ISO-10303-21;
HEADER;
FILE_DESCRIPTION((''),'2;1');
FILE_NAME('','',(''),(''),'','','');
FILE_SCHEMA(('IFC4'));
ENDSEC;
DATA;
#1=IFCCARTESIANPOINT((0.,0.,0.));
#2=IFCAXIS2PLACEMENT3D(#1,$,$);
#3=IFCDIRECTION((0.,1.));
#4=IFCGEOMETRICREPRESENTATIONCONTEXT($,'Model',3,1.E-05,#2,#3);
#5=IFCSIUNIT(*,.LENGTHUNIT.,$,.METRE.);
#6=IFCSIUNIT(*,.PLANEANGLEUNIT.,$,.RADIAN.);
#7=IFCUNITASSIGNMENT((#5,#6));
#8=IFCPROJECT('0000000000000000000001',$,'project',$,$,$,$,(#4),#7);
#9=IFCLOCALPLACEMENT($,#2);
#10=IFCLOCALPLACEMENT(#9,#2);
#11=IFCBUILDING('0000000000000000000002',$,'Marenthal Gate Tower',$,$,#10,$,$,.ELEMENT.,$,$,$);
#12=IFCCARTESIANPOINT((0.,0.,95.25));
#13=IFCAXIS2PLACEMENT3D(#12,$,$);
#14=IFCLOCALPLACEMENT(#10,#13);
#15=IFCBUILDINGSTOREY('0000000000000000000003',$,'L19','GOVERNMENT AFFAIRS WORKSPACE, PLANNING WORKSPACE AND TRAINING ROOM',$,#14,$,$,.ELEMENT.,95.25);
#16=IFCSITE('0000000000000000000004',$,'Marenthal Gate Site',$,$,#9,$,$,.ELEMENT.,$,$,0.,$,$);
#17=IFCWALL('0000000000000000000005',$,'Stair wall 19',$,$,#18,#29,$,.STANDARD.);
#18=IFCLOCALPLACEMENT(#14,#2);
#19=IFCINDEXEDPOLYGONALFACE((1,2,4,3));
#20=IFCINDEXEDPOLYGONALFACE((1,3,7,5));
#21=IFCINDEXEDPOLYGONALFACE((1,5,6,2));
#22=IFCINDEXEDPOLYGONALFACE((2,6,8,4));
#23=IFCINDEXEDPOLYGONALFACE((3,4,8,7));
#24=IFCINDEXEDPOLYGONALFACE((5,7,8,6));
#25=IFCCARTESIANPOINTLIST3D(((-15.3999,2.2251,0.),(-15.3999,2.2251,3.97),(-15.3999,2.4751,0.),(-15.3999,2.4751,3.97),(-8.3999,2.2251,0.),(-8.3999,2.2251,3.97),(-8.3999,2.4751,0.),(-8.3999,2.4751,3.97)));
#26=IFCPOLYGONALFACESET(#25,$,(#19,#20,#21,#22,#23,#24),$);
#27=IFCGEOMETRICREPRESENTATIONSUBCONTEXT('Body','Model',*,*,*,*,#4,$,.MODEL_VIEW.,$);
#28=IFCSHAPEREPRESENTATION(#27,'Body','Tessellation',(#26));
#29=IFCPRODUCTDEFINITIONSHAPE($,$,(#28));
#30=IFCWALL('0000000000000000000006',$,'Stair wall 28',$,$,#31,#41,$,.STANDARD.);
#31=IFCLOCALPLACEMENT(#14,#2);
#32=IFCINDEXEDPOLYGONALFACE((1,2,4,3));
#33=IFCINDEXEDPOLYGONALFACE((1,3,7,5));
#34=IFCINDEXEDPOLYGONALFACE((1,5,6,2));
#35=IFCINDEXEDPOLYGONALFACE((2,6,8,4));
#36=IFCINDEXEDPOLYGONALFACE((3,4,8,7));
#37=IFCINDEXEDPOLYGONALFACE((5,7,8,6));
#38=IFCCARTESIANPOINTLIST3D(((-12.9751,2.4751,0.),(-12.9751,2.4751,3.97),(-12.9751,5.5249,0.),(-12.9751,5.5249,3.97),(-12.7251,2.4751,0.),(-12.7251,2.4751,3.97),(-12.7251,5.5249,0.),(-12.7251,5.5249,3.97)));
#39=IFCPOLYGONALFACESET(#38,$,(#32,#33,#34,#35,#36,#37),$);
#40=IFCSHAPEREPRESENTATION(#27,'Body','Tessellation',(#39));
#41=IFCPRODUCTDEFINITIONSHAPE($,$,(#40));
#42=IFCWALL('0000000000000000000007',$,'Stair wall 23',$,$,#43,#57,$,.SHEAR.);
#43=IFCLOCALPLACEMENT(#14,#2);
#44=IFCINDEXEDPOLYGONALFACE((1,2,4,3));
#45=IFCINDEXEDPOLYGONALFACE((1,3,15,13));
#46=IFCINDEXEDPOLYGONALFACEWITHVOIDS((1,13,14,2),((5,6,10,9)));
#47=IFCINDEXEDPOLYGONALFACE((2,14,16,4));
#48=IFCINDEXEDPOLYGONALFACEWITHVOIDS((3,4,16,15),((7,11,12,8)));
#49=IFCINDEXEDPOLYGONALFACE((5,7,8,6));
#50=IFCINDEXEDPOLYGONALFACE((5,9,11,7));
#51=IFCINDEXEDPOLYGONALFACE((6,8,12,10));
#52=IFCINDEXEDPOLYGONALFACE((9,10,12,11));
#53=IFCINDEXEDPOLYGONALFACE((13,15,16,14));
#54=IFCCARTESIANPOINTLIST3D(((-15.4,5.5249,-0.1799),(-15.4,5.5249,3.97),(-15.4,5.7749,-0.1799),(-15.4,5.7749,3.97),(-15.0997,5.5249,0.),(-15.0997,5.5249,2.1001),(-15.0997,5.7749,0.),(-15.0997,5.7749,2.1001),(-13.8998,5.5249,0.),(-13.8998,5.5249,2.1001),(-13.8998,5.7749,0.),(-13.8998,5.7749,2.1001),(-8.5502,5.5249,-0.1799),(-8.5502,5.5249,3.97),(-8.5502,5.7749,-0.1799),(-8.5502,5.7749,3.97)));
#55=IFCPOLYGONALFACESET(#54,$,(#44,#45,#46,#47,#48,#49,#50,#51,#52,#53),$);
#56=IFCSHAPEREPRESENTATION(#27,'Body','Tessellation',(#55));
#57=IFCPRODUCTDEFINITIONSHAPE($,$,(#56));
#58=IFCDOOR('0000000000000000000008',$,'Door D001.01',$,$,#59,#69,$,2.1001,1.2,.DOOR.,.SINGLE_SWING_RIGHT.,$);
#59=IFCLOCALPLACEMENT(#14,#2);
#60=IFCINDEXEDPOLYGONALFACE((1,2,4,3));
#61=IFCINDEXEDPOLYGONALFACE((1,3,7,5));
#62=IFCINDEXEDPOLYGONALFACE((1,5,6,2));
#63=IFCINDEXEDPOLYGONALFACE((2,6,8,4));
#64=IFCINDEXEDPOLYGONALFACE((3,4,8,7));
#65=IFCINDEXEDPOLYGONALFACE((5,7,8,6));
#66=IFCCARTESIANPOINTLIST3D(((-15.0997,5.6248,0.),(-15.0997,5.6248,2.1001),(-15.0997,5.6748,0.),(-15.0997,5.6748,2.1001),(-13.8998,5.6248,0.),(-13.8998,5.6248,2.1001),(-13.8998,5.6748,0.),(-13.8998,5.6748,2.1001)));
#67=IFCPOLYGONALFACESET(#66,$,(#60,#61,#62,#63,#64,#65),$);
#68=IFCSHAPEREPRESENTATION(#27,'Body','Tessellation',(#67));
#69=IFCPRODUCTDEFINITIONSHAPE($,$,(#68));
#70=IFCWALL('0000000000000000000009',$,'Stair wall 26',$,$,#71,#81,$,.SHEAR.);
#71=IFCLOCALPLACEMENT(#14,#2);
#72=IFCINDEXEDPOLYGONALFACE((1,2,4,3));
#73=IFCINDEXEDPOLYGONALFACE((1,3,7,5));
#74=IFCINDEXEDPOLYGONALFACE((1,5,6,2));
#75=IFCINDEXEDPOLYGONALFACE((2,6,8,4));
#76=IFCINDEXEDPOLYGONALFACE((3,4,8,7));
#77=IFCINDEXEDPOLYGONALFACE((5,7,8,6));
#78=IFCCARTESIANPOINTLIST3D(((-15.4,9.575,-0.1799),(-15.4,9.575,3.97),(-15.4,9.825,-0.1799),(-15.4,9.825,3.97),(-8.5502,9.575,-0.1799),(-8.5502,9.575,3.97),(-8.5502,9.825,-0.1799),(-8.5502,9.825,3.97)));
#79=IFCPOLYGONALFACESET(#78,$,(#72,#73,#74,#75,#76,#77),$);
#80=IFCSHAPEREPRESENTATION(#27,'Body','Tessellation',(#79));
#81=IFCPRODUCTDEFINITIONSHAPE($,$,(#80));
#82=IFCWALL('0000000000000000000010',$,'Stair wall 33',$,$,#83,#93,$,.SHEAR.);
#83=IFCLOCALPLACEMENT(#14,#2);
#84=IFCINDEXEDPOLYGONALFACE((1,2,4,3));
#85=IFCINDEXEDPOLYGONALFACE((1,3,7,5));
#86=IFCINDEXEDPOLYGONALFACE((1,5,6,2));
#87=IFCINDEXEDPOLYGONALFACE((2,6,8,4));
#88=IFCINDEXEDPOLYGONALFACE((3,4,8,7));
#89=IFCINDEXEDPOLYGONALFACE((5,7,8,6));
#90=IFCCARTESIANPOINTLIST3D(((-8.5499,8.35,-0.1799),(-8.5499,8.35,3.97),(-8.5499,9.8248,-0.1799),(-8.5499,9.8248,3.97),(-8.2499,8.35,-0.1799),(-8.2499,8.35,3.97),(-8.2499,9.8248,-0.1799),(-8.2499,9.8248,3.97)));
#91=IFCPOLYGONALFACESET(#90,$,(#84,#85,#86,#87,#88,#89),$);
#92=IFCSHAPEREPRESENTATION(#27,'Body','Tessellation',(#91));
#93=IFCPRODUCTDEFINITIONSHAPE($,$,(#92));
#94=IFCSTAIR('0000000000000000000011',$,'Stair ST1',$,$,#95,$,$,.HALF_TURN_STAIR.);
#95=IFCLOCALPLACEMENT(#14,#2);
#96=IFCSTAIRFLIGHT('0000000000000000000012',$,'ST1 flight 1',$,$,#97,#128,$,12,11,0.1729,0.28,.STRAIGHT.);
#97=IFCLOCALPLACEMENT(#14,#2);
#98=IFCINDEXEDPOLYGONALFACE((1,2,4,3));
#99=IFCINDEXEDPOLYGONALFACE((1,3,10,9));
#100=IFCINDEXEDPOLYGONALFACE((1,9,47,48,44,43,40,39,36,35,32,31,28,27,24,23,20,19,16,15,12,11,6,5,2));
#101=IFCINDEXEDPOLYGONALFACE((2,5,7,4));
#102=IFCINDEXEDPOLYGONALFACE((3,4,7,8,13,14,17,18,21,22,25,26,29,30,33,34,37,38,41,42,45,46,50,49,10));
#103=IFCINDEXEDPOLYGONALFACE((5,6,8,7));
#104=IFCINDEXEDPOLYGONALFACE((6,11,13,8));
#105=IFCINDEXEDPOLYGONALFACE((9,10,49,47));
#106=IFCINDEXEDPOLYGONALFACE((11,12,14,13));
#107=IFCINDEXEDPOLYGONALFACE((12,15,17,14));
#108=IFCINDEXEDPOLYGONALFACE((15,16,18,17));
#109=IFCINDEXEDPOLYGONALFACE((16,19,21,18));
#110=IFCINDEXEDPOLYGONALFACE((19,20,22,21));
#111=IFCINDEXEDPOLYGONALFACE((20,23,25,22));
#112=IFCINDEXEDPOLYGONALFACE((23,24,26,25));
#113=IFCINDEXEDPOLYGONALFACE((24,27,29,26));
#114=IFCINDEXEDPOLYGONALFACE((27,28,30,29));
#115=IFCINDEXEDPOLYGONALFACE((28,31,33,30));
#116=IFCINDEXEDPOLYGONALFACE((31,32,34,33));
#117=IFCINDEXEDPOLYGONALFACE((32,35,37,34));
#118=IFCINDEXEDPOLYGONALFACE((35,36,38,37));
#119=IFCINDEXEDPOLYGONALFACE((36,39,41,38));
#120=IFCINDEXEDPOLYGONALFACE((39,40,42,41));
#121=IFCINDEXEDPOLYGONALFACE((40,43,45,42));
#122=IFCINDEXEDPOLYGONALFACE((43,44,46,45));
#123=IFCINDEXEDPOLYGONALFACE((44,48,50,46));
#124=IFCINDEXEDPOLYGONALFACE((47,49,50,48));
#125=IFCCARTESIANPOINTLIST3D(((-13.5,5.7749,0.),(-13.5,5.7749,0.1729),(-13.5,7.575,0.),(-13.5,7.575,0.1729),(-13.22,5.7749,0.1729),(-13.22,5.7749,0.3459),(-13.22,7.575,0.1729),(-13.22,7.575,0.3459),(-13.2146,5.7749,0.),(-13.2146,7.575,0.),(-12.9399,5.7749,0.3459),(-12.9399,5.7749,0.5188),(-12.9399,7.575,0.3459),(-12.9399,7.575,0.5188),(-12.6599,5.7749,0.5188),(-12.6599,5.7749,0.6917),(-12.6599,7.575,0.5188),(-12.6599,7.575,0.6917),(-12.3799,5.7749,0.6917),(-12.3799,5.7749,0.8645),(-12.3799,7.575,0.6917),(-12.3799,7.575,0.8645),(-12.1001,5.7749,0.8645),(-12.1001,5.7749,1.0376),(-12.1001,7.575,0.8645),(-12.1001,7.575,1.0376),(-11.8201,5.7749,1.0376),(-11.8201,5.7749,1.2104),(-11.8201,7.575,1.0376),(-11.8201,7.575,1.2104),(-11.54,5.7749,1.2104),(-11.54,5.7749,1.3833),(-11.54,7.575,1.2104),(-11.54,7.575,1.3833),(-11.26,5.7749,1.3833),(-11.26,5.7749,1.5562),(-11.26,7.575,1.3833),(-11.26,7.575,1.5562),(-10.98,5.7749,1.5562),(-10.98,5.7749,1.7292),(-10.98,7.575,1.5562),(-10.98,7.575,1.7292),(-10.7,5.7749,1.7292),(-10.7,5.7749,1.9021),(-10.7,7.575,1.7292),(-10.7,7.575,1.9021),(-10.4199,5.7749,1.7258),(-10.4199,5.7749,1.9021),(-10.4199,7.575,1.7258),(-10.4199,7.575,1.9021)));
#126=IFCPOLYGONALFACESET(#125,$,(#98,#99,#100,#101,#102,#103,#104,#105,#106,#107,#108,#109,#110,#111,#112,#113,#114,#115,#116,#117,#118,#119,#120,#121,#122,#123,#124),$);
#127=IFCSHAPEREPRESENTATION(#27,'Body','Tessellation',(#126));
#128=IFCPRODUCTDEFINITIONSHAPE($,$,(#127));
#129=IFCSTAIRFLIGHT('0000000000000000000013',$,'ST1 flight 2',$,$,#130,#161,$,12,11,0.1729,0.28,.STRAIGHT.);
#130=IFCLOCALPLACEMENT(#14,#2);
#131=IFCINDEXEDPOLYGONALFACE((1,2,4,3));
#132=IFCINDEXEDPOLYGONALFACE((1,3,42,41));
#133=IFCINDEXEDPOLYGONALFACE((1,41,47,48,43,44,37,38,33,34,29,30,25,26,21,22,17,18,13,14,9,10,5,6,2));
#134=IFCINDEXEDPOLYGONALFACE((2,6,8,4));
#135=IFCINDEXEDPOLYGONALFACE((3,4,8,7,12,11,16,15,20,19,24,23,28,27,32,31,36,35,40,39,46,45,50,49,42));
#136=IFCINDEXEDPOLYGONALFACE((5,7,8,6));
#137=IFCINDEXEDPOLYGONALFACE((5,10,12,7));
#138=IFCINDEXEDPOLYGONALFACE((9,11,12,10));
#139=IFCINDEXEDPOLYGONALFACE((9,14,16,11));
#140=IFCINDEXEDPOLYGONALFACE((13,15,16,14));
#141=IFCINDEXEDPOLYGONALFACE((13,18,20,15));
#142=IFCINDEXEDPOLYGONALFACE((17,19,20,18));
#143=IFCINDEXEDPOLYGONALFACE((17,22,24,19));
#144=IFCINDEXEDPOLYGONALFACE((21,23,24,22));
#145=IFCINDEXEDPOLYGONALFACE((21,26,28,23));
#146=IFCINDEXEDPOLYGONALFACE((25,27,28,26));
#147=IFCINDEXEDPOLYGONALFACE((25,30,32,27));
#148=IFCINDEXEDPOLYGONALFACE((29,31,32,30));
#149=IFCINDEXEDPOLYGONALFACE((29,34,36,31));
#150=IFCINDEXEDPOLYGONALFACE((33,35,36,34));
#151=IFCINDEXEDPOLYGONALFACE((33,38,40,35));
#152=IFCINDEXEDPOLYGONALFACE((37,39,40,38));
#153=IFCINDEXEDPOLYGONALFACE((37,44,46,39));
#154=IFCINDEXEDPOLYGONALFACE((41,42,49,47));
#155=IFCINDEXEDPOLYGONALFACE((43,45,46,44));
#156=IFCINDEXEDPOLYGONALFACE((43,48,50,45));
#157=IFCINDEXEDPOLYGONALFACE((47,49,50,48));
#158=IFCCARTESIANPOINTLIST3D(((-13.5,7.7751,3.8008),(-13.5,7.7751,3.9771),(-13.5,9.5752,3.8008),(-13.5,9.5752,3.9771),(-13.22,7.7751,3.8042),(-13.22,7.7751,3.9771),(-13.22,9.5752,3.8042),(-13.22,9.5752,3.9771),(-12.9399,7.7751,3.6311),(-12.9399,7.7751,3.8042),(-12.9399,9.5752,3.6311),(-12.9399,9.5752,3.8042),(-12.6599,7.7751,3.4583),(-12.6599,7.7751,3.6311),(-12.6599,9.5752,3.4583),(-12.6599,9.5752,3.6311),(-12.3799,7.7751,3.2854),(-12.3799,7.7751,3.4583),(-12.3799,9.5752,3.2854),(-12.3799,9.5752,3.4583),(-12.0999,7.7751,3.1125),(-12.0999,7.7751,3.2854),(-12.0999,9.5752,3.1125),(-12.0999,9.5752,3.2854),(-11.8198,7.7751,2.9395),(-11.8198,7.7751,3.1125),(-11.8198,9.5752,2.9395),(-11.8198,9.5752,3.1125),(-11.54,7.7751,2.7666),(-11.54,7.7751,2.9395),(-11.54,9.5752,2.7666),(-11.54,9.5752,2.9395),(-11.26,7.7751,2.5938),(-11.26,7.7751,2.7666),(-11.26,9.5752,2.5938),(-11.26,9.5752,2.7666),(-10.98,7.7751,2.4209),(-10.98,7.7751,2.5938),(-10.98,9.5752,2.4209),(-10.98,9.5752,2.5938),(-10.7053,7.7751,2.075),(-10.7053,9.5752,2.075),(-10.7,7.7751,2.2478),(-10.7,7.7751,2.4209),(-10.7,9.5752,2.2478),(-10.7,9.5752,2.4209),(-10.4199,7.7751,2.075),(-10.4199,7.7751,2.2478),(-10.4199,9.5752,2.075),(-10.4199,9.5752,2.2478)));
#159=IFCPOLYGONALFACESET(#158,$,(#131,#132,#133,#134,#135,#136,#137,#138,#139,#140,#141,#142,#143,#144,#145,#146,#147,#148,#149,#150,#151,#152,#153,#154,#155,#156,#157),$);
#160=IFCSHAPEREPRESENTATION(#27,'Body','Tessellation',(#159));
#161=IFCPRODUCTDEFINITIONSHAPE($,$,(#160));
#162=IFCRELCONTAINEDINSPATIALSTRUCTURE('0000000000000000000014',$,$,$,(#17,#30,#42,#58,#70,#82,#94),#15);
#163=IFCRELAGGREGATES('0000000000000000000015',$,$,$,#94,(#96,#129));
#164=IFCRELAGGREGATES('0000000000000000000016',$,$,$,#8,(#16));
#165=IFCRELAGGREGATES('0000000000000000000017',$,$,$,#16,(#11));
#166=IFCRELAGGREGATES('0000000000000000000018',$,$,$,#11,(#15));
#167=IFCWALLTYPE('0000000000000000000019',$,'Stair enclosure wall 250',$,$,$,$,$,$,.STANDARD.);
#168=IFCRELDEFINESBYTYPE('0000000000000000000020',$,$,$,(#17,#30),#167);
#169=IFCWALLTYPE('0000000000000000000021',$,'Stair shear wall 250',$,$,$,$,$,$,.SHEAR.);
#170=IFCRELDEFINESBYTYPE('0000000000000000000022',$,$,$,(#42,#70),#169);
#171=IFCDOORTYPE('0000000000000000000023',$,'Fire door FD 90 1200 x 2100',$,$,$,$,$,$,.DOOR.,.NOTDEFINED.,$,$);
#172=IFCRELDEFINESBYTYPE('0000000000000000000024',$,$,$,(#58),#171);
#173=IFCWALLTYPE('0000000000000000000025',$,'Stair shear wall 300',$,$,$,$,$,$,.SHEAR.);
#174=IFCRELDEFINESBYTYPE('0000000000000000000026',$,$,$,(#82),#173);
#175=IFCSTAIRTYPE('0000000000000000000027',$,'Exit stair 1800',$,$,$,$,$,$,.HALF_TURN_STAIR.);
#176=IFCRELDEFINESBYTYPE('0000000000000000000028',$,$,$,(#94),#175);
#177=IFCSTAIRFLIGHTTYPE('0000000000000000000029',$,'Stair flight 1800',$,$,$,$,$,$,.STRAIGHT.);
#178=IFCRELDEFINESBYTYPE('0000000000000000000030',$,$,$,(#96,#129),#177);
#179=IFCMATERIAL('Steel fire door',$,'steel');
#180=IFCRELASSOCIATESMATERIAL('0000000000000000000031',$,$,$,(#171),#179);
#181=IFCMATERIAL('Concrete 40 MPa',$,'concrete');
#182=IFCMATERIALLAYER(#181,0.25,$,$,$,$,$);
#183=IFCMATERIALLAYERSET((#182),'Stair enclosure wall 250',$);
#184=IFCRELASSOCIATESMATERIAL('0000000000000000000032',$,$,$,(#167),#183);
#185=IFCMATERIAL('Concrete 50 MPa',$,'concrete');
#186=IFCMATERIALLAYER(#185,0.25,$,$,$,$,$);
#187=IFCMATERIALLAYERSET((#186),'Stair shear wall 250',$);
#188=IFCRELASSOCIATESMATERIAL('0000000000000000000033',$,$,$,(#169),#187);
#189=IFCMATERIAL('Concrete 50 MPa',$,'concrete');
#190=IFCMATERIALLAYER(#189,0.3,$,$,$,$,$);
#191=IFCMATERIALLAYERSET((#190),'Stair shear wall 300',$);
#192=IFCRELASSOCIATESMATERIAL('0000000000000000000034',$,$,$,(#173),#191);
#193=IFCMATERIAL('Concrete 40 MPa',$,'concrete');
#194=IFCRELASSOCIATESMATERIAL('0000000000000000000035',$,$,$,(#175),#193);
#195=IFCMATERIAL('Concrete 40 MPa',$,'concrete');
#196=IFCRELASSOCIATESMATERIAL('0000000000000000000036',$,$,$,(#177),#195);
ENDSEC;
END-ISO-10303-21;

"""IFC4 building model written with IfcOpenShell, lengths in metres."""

from ifc_helpers import new_model, si_unit, direction, frame, frame_2d, origin, place, context, subcontext, project, spatial, polyline, rectangle, outline, extrude, material, layer, layer_set, type_object, element, fill, aggregate, save


model = new_model("IFC4")

# Units and contexts
model_context = context("Model", 3, precision=1e-05, world=origin(), true_north=direction((0.0, 1.0)))
body_context = subcontext(model_context, "Body", "Model", "MODEL_VIEW")
ifc_project = project(units=[si_unit("LENGTHUNIT", "METRE"), si_unit("PLANEANGLEUNIT", "RADIAN")], contexts=[model_context])

# Site, building, storey
site_placement = place(None, origin())
site = spatial("IfcSite", under=ifc_project, at=site_placement, Name="Marenthal Gate Site", CompositionType="ELEMENT", RefElevation=0.0)
building_placement = place(site_placement, origin())
building = spatial("IfcBuilding", under=site, at=building_placement, Name="Marenthal Gate Tower", CompositionType="ELEMENT")
storey_placement = place(building_placement, frame((0.0, 0.0, 95.25)))
storey = spatial("IfcBuildingStorey", under=building, at=storey_placement, Name="L19", Description="GOVERNMENT AFFAIRS WORKSPACE, PLANNING WORKSPACE AND TRAINING ROOM", CompositionType="ELEMENT", Elevation=95.25)

# Shared definitions
ifc_material_1 = material(Name="Steel fire door", Category="steel")
door_type_1 = type_object("IfcDoorType", Name="Fire door FD 90 1200 x 2100", OperationType="NOTDEFINED", PredefinedType="DOOR", material=ifc_material_1)

# Walls
ifc_material_2 = material(Name="Concrete 40 MPa", Category="concrete")
ifc_layer_1 = layer(ifc_material_2, 0.25)
ifc_layer_set_1 = layer_set([ifc_layer_1], Name="Stair enclosure wall 250")
wall_type_1 = type_object("IfcWallType", Name="Stair enclosure wall 250", PredefinedType="STANDARD", material=ifc_layer_set_1)
wall_1_placement = place(storey_placement, frame((-15.3999, 2.3501, 0.0), z_axis=(0.0, 0.0, 1.0), x_axis=(1.0, 0.0, 0.0)))
element("IfcWall", 1, at=wall_1_placement, inside=storey, type_object=wall_type_1, Name="Stair wall 19", PredefinedType="STANDARD", context=body_context, shape_type="SweptSolid", body=[
    extrude(rectangle(XDim=7.0, YDim=0.25, at=frame_2d((3.5, 0.0))), origin(), (0.0, 0.0, 1.0), 3.97),
])
wall_2_placement = place(storey_placement, frame((-12.8501, 2.4751, 0.0), z_axis=(0.0, 0.0, 1.0), x_axis=(0.0, 1.0, 0.0)))
element("IfcWall", 2, at=wall_2_placement, inside=storey, type_object=wall_type_1, Name="Stair wall 28", PredefinedType="STANDARD", context=body_context, shape_type="SweptSolid", body=[
    extrude(rectangle(XDim=3.0498, YDim=0.25, at=frame_2d((1.5249, 0.0))), origin(), (0.0, 0.0, 1.0), 3.97),
])

# Wall, opening, door
ifc_material_3 = material(Name="Concrete 50 MPa", Category="concrete")
ifc_layer_2 = layer(ifc_material_3, 0.25)
ifc_layer_set_2 = layer_set([ifc_layer_2], Name="Stair shear wall 250")
wall_type_2 = type_object("IfcWallType", Name="Stair shear wall 250", PredefinedType="SHEAR", material=ifc_layer_set_2)
wall_3_placement = place(storey_placement, frame((-15.3999, 5.6499, -0.1799), z_axis=(0.0, 0.0, 1.0), x_axis=(1.0, 0.0, 0.0)))
wall_3 = element("IfcWall", 3, at=wall_3_placement, inside=storey, type_object=wall_type_2, Name="Stair wall 23", PredefinedType="SHEAR", context=body_context, shape_type="SweptSolid", body=[
    extrude(rectangle(XDim=6.8499, YDim=0.25, at=frame_2d((3.4248, 0.0))), origin(), (0.0, 0.0, 1.0), 4.1499),
])
opening_1_placement = place(wall_3_placement, frame((0.3, 0.0, 0.1799)))
opening_1 = element("IfcOpeningElement", 4, at=opening_1_placement, cuts=wall_3, PredefinedType="OPENING", context=body_context, shape_type="SweptSolid", body=[
    extrude(rectangle(XDim=1.2, YDim=2.1001, at=frame_2d((0.6001, 1.05))), frame((0.0, 0.135, 0.0), z_axis=(0.0, -1.0, 0.0), x_axis=(1.0, 0.0, 0.0)), (0.0, 0.0, 1.0), 0.27),
])
door_1_placement = place(opening_1_placement, origin())
door_1 = element("IfcDoor", 5, at=door_1_placement, inside=storey, type_object=door_type_1, Name="Door D001.01", OperationType="SINGLE_SWING_RIGHT", OverallHeight=2.1001, OverallWidth=1.2, PredefinedType="DOOR", context=body_context, shape_type="SweptSolid", body=[
    extrude(rectangle(XDim=1.2, YDim=2.1001, at=frame_2d((0.6001, 1.05))), frame((0.0, 0.0249, 0.0), z_axis=(0.0, -1.0, 0.0), x_axis=(1.0, 0.0, 0.0)), (0.0, 0.0, 1.0), 0.05),
])
fill(opening_1, door_1)

# Walls
wall_4_placement = place(storey_placement, frame((-15.3999, 9.7, -0.1799), z_axis=(0.0, 0.0, 1.0), x_axis=(1.0, 0.0, 0.0)))
element("IfcWall", 6, at=wall_4_placement, inside=storey, type_object=wall_type_2, Name="Stair wall 26", PredefinedType="SHEAR", context=body_context, shape_type="SweptSolid", body=[
    extrude(rectangle(XDim=6.8499, YDim=0.25, at=frame_2d((3.4248, 0.0))), origin(), (0.0, 0.0, 1.0), 4.1499),
])
ifc_material_4 = material(Name="Concrete 50 MPa", Category="concrete")
ifc_layer_3 = layer(ifc_material_4, 0.3)
ifc_layer_set_3 = layer_set([ifc_layer_3], Name="Stair shear wall 300")
wall_type_3 = type_object("IfcWallType", Name="Stair shear wall 300", PredefinedType="SHEAR", material=ifc_layer_set_3)
wall_5_placement = place(storey_placement, frame((-8.3999, 8.3501, -0.1799), z_axis=(0.0, 0.0, 1.0), x_axis=(0.0, 1.0, 0.0)))
element("IfcWall", 7, at=wall_5_placement, inside=storey, type_object=wall_type_3, Name="Stair wall 33", PredefinedType="SHEAR", context=body_context, shape_type="SweptSolid", body=[
    extrude(rectangle(XDim=1.4749, YDim=0.3, at=frame_2d((0.7373, 0.0))), origin(), (0.0, 0.0, 1.0), 4.1499),
])

# Stair, stair flights
ifc_material_5 = material(Name="Concrete 40 MPa", Category="concrete")
stair_type = type_object("IfcStairType", Name="Exit stair 1800", PredefinedType="HALF_TURN_STAIR", material=ifc_material_5)
stair_placement = place(storey_placement, origin())
stair = element("IfcStair", 8, at=stair_placement, inside=storey, type_object=stair_type, Name="Stair ST1", PredefinedType="HALF_TURN_STAIR")
ifc_material_6 = material(Name="Concrete 40 MPa", Category="concrete")
stair_flight_type = type_object("IfcStairFlightType", Name="Stair flight 1800", PredefinedType="STRAIGHT", material=ifc_material_6)
stair_flight_1_placement = place(storey_placement, frame((-13.5, 6.675, 0.0), z_axis=(0.0, 0.0, 1.0), x_axis=(1.0, 0.0, 0.0)))
stair_flight_1 = element("IfcStairFlight", 9, at=stair_flight_1_placement, type_object=stair_flight_type, Name="ST1 flight 1", NumberOfRisers=12, NumberOfTreads=11, PredefinedType="STRAIGHT", RiserHeight=0.1729, TreadLength=0.28, context=body_context, shape_type="SweptSolid", body=[
    extrude(outline(polyline([(0.0, 0.0), (0.0, 0.1729), (0.28, 0.1729), (0.28, 0.3459), (0.5601, 0.3459), (0.5601, 0.5188), (0.8401, 0.5188), (0.8401, 0.6917), (1.1201, 0.6917), (1.1201, 0.8645), (1.3999, 0.8645), (1.3999, 1.0376), (1.6799, 1.0376), (1.6799, 1.2104), (1.96, 1.2104), (1.96, 1.3833), (2.24, 1.3833), (2.24, 1.5562), (2.52, 1.5562), (2.52, 1.7292), (2.8, 1.7292), (2.8, 1.9021), (3.0801, 1.9021), (3.0801, 2.075), (3.0801, 1.7258), (0.2854, 0.0), (0.0, 0.0)])), frame((0.0, 0.8999, 0.0), z_axis=(0.0, -1.0, 0.0), x_axis=(1.0, 0.0, 0.0)), (0.0, 0.0, 1.0), 1.8),
])
stair_flight_2_placement = place(storey_placement, frame((-10.4199, 8.675, 2.075), z_axis=(0.0, 0.0, 1.0), x_axis=(-1.0, 0.0, 0.0)))
stair_flight_2 = element("IfcStairFlight", 10, at=stair_flight_2_placement, type_object=stair_flight_type, Name="ST1 flight 2", NumberOfRisers=12, NumberOfTreads=11, PredefinedType="STRAIGHT", RiserHeight=0.1729, TreadLength=0.28, context=body_context, shape_type="SweptSolid", body=[
    extrude(outline(polyline([(0.0, 0.0), (0.0, 0.1729), (0.28, 0.1729), (0.28, 0.3459), (0.5601, 0.3459), (0.5601, 0.5188), (0.8401, 0.5188), (0.8401, 0.6917), (1.1201, 0.6917), (1.1201, 0.8645), (1.3999, 0.8645), (1.3999, 1.0376), (1.6799, 1.0376), (1.6799, 1.2104), (1.96, 1.2104), (1.96, 1.3833), (2.24, 1.3833), (2.24, 1.5562), (2.52, 1.5562), (2.52, 1.7292), (2.8, 1.7292), (2.8, 1.9021), (3.0801, 1.9021), (3.0801, 2.075), (3.0801, 1.7258), (0.2854, 0.0), (0.0, 0.0)])), frame((0.0, 0.8999, 0.0), z_axis=(0.0, -1.0, 0.0), x_axis=(1.0, 0.0, 0.0)), (0.0, 0.0, 1.0), 1.8),
])
aggregate(stair, [stair_flight_1, stair_flight_2])

save(model, "model.ifc")
